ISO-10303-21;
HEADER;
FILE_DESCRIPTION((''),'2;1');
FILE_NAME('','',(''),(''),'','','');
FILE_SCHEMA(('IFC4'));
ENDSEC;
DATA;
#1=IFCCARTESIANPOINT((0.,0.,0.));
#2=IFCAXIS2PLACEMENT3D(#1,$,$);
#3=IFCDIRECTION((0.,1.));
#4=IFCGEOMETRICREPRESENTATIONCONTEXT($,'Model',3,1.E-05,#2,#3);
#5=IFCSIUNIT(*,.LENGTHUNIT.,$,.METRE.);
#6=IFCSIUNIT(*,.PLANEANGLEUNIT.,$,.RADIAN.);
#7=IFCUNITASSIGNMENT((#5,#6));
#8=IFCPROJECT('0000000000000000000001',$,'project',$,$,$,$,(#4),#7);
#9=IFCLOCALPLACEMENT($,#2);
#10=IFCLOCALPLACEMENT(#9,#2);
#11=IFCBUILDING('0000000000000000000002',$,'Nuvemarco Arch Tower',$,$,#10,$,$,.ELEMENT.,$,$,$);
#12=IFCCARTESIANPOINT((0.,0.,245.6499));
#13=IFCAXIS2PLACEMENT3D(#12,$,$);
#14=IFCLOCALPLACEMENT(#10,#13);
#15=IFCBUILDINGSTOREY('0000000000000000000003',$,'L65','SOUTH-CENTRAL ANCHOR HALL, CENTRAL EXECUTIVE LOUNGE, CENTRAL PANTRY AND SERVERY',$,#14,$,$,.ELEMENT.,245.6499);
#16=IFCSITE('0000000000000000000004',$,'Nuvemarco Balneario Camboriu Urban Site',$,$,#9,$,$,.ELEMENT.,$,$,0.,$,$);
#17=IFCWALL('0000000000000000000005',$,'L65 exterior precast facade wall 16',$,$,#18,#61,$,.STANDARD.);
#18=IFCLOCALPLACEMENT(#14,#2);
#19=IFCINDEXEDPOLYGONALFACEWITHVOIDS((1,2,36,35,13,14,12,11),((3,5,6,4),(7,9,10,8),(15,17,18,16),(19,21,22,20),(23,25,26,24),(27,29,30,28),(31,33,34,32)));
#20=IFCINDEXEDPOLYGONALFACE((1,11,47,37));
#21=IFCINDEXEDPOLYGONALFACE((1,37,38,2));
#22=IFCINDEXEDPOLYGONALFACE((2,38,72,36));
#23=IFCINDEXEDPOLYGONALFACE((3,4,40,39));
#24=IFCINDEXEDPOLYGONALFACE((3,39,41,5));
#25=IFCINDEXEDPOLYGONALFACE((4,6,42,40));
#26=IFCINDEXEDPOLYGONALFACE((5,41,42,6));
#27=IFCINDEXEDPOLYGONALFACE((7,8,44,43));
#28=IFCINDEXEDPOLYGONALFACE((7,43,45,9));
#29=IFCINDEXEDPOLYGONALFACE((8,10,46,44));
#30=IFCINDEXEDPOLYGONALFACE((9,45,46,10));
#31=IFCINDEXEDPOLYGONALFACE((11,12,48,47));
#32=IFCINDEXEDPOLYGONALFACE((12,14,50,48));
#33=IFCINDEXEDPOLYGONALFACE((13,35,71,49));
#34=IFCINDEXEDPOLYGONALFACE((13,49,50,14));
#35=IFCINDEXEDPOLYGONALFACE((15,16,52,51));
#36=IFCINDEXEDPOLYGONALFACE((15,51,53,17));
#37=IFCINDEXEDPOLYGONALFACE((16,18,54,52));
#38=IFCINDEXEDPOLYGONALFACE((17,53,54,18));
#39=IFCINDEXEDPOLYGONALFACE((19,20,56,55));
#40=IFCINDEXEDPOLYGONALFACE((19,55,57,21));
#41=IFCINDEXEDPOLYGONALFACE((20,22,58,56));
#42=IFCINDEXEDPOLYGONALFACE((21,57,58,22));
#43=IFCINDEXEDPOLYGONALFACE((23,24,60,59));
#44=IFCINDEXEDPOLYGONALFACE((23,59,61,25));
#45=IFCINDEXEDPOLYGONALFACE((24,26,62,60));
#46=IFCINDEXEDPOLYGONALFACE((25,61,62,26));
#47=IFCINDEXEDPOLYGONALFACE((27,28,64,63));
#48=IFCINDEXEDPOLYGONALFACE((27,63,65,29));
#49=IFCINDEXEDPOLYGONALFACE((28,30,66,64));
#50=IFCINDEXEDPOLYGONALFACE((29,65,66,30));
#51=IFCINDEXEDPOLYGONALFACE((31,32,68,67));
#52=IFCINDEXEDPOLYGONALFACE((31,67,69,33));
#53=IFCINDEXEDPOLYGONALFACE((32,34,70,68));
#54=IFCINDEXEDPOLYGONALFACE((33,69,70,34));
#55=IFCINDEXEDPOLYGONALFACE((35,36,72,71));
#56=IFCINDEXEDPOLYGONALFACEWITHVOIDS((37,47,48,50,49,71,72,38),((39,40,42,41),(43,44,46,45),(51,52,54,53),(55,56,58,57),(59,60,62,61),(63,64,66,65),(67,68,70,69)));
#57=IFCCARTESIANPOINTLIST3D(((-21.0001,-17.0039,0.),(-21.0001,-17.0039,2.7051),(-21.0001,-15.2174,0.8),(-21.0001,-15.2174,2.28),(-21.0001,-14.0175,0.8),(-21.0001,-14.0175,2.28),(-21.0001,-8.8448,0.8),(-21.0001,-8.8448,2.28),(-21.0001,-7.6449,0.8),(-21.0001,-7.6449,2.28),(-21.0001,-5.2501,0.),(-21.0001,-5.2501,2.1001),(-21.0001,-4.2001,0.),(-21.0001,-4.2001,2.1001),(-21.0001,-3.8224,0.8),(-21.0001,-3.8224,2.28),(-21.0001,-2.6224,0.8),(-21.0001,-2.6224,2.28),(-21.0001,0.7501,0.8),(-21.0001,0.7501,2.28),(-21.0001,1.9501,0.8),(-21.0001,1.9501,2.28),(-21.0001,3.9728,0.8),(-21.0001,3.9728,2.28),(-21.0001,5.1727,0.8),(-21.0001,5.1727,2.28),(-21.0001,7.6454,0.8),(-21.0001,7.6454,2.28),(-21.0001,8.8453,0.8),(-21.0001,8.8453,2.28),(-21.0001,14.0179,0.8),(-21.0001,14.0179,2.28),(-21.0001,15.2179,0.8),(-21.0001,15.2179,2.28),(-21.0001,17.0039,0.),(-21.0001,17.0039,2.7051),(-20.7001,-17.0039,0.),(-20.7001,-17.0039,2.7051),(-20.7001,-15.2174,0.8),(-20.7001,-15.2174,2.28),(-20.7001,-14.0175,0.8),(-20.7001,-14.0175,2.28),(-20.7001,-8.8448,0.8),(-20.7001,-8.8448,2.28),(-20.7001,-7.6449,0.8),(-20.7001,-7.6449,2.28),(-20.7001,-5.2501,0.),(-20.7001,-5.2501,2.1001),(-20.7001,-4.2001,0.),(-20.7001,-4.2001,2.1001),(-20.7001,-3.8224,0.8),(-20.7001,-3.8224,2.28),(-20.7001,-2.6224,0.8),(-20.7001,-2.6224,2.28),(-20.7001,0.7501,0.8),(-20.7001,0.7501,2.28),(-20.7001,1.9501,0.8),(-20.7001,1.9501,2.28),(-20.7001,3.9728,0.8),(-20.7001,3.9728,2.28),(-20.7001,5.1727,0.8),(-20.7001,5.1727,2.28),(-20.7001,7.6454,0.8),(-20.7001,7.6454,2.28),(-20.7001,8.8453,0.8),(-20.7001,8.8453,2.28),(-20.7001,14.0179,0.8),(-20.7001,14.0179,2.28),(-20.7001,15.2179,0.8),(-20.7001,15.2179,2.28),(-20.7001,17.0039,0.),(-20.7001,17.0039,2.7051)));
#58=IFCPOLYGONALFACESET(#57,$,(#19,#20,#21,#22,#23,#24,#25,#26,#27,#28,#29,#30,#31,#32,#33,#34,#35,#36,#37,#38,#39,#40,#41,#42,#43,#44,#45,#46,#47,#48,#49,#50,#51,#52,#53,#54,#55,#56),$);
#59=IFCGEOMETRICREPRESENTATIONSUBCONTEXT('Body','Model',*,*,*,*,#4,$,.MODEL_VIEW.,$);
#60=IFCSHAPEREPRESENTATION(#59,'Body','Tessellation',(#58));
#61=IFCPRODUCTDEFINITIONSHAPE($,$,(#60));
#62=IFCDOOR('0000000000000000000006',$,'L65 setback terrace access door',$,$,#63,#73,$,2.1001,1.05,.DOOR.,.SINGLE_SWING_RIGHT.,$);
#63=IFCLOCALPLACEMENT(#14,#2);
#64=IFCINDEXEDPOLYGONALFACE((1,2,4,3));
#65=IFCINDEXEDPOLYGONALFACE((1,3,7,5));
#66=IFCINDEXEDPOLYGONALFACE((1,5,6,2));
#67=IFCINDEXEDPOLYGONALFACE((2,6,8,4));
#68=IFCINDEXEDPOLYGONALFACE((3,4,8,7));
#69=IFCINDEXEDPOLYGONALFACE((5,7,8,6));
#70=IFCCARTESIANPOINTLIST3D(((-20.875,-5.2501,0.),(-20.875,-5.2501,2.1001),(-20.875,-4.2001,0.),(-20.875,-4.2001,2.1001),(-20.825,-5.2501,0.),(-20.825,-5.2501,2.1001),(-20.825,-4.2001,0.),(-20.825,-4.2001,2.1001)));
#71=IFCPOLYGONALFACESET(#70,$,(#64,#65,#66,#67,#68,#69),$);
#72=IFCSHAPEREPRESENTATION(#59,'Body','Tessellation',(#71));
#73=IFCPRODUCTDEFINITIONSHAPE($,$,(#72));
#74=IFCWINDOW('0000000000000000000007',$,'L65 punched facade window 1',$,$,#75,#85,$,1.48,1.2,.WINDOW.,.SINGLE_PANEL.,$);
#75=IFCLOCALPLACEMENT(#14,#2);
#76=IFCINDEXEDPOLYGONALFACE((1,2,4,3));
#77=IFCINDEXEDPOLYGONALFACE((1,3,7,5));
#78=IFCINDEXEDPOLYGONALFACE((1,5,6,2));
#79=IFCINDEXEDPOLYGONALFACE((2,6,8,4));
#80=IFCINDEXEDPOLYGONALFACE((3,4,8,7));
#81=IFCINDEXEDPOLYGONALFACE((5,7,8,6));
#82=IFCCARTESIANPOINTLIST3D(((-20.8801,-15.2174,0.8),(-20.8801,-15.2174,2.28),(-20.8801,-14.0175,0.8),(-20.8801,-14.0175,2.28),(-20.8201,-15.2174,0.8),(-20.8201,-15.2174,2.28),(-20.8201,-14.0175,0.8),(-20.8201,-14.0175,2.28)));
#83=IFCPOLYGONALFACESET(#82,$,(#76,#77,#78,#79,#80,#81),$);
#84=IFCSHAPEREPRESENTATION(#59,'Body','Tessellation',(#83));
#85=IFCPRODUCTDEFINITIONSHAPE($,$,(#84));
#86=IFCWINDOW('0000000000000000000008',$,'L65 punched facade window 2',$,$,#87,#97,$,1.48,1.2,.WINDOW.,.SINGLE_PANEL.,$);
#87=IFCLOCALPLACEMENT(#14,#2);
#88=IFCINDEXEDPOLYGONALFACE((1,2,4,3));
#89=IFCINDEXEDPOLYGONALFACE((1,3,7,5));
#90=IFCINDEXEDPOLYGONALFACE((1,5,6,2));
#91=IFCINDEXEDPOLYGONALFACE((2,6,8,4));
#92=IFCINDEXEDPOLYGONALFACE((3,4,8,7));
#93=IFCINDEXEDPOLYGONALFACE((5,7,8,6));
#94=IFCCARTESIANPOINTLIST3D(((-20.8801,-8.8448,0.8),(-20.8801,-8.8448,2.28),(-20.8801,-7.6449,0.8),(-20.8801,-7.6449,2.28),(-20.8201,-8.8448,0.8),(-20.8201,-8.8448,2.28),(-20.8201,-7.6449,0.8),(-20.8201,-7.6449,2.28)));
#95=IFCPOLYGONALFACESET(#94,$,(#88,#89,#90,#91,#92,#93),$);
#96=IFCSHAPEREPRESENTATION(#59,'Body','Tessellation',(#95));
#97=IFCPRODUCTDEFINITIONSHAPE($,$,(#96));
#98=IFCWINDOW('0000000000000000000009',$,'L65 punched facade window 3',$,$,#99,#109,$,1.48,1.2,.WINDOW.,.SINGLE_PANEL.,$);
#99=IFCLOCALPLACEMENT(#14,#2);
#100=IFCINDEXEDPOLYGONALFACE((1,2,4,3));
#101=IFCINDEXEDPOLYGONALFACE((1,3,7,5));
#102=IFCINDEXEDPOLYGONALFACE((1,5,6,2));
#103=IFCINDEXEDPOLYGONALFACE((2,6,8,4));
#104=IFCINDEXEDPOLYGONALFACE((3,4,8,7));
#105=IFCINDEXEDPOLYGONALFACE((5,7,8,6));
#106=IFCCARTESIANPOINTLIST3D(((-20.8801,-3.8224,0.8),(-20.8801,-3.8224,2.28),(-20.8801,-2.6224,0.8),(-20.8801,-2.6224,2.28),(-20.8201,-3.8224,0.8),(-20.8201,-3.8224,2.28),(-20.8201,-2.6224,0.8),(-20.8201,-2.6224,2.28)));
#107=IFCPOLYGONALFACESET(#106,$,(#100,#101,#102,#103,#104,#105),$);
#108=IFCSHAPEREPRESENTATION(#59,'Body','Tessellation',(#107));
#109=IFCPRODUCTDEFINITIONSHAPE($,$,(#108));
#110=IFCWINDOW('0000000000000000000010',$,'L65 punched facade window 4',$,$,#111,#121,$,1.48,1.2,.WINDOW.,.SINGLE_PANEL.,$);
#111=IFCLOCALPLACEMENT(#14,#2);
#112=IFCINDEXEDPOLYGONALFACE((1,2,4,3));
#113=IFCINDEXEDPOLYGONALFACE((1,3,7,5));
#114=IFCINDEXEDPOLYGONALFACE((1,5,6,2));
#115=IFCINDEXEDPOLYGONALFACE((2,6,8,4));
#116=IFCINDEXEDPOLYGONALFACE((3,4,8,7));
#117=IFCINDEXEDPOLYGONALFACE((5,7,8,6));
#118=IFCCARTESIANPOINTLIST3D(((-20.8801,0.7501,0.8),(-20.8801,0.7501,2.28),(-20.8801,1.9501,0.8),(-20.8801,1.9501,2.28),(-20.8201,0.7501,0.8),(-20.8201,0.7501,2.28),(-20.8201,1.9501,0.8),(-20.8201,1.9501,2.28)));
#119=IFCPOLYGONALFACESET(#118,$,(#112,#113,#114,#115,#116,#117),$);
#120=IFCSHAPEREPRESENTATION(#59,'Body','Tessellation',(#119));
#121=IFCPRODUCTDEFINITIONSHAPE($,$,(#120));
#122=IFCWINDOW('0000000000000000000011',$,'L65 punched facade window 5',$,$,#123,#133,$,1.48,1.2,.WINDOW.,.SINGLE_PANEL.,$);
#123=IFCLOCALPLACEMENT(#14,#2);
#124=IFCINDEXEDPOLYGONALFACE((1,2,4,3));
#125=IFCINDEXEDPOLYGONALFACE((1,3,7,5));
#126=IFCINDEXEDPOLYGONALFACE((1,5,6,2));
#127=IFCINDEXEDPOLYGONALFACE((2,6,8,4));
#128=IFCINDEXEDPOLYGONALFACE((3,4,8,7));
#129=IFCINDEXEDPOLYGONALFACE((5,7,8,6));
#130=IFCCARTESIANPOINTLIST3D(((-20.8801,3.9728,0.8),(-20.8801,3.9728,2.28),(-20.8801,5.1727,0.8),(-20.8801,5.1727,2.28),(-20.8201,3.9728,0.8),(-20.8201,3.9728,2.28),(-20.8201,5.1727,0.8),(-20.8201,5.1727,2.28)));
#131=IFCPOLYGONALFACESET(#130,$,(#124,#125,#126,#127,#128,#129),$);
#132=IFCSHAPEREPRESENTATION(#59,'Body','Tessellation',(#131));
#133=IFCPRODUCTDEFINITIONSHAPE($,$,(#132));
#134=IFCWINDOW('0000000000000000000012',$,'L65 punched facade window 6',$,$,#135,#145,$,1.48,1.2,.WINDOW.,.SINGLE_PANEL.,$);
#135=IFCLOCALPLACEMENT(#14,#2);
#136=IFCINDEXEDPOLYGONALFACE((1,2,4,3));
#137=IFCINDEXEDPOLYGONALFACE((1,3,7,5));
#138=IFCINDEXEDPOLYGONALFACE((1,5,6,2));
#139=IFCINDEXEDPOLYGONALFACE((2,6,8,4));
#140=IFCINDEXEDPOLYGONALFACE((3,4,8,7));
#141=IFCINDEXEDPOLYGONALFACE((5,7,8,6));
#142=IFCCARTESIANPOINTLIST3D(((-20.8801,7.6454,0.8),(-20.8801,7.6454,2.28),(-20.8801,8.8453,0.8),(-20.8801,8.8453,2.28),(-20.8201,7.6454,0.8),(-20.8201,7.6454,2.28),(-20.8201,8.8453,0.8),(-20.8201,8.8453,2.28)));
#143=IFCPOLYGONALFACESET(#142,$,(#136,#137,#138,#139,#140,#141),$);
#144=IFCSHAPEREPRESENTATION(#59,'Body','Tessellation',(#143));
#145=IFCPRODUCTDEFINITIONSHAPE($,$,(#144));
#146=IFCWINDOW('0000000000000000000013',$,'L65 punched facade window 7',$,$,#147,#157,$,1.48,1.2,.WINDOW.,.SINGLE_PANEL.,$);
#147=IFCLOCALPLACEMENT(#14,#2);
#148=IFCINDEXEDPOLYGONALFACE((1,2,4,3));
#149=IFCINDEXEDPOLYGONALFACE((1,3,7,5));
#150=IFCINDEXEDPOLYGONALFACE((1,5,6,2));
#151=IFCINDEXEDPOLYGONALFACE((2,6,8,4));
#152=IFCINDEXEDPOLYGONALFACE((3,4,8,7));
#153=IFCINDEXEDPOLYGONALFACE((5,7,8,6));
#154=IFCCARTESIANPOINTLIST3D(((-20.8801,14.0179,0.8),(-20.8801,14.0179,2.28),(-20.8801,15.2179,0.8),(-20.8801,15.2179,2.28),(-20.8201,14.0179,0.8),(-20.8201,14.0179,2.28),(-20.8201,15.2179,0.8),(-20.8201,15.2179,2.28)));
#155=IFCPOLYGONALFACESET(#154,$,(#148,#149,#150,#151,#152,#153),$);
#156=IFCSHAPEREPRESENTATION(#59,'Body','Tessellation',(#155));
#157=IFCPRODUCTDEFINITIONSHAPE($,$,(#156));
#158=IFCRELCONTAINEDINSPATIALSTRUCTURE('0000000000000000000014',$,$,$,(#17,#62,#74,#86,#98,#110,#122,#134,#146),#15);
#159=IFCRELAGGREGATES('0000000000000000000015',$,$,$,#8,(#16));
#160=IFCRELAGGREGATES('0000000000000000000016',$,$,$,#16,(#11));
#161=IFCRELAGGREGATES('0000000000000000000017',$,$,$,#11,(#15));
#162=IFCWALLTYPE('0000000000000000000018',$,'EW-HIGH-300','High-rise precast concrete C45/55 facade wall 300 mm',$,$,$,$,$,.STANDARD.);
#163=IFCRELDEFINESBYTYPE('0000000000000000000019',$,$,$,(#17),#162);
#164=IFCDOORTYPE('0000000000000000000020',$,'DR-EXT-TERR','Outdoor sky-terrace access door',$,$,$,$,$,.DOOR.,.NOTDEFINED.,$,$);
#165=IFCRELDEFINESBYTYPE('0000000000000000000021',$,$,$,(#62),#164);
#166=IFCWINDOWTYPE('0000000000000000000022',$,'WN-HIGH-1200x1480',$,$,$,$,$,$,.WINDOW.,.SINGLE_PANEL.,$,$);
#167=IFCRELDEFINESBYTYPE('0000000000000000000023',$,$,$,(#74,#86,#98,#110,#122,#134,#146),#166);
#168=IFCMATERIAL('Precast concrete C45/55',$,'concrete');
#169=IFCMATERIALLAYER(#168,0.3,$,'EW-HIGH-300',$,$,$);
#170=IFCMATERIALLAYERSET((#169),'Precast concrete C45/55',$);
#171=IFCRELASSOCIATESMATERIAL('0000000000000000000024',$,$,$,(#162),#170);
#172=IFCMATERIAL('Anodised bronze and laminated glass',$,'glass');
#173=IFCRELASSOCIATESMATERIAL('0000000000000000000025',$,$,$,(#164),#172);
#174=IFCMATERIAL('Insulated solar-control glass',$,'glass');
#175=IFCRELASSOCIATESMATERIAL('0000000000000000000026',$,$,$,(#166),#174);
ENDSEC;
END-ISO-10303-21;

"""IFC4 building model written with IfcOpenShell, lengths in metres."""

from ifc_helpers import new_model, si_unit, direction, frame, frame_2d, origin, place, context, subcontext, project, spatial, rectangle, extrude, source, transform, mapped, material, layer, layer_set, type_object, type_shapes, element, fill, save


model = new_model("IFC4")

# Units and contexts
model_context = context("Model", 3, precision=1e-05, world=origin(), true_north=direction((0.0, 1.0)))
body_context = subcontext(model_context, "Body", "Model", "MODEL_VIEW")
ifc_project = project(units=[si_unit("LENGTHUNIT", "METRE"), si_unit("PLANEANGLEUNIT", "RADIAN")], contexts=[model_context])

# Site, building, storey
site_placement = place(None, origin())
site = spatial("IfcSite", under=ifc_project, at=site_placement, Name="Nuvemarco Balneario Camboriu Urban Site", CompositionType="ELEMENT", RefElevation=0.0)
building_placement = place(site_placement, origin())
building = spatial("IfcBuilding", under=site, at=building_placement, Name="Nuvemarco Arch Tower", CompositionType="ELEMENT")
storey_placement = place(building_placement, frame((0.0, 0.0, 245.6499)))
storey = spatial("IfcBuildingStorey", under=building, at=storey_placement, Name="L65", Description="SOUTH-CENTRAL ANCHOR HALL, CENTRAL EXECUTIVE LOUNGE, CENTRAL PANTRY AND SERVERY", CompositionType="ELEMENT", Elevation=245.6499)

# Shared definitions
ifc_material_1 = material(Name="Precast concrete C45/55", Category="concrete")

# Wall, openings, door, windows
ifc_layer_1 = layer(ifc_material_1, 0.3, Name="EW-HIGH-300")
ifc_layer_set_1 = layer_set([ifc_layer_1], Name="Precast concrete C45/55")
wall_type_1 = type_object("IfcWallType", Name="EW-HIGH-300", Description="High-rise precast concrete C45/55 facade wall 300 mm", PredefinedType="STANDARD", material=ifc_layer_set_1)
wall_1_placement = place(storey_placement, frame((-20.8501, -17.0039, 0.0), z_axis=(0.0, 0.0, 1.0), x_axis=(0.0, 1.0, 0.0)))
wall_1 = element("IfcWall", 1, at=wall_1_placement, inside=storey, type_object=wall_type_1, Name="L65 exterior precast facade wall 16", PredefinedType="STANDARD", context=body_context, shape_type="SweptSolid", body=[
    extrude(rectangle(XDim=34.0078, YDim=0.3, at=frame_2d((17.0039, 0.0))), origin(), (0.0, 0.0, 1.0), 2.7051),
])
opening_1_placement = place(wall_1_placement, frame((11.7539, 0.0, 0.0)))
opening_1 = element("IfcOpeningElement", 2, at=opening_1_placement, cuts=wall_1, PredefinedType="OPENING", context=body_context, shape_type="SweptSolid", body=[
    extrude(rectangle(XDim=1.05, YDim=2.1001, at=frame_2d((0.5249, 1.05))), frame((0.0, 0.1599, 0.0), z_axis=(0.0, -1.0, 0.0), x_axis=(1.0, 0.0, 0.0)), (0.0, 0.0, 1.0), 0.3201),
])
opening_2_placement = place(wall_1_placement, frame((1.7864, 0.0, 0.8)))
opening_2 = element("IfcOpeningElement", 3, at=opening_2_placement, cuts=wall_1, PredefinedType="OPENING", context=body_context, shape_type="SweptSolid", body=[
    extrude(rectangle(XDim=1.2, YDim=1.48, at=frame_2d((0.6001, 0.74))), frame((0.0, 0.1599, 0.0), z_axis=(0.0, -1.0, 0.0), x_axis=(1.0, 0.0, 0.0)), (0.0, 0.0, 1.0), 0.3201),
])
opening_3_placement = place(wall_1_placement, frame((8.1589, 0.0, 0.8)))
opening_3 = element("IfcOpeningElement", 4, at=opening_3_placement, cuts=wall_1, PredefinedType="OPENING", context=body_context, shape_type="SweptSolid", body=[
    extrude(rectangle(XDim=1.2, YDim=1.48, at=frame_2d((0.6001, 0.74))), frame((0.0, 0.1599, 0.0), z_axis=(0.0, -1.0, 0.0), x_axis=(1.0, 0.0, 0.0)), (0.0, 0.0, 1.0), 0.3201),
])
opening_4_placement = place(wall_1_placement, frame((13.1814, 0.0, 0.8)))
opening_4 = element("IfcOpeningElement", 5, at=opening_4_placement, cuts=wall_1, PredefinedType="OPENING", context=body_context, shape_type="SweptSolid", body=[
    extrude(rectangle(XDim=1.2, YDim=1.48, at=frame_2d((0.6001, 0.74))), frame((0.0, 0.1599, 0.0), z_axis=(0.0, -1.0, 0.0), x_axis=(1.0, 0.0, 0.0)), (0.0, 0.0, 1.0), 0.3201),
])
opening_5_placement = place(wall_1_placement, frame((17.7539, 0.0, 0.8)))
opening_5 = element("IfcOpeningElement", 6, at=opening_5_placement, cuts=wall_1, PredefinedType="OPENING", context=body_context, shape_type="SweptSolid", body=[
    extrude(rectangle(XDim=1.2, YDim=1.48, at=frame_2d((0.6001, 0.74))), frame((0.0, 0.1599, 0.0), z_axis=(0.0, -1.0, 0.0), x_axis=(1.0, 0.0, 0.0)), (0.0, 0.0, 1.0), 0.3201),
])
opening_6_placement = place(wall_1_placement, frame((20.9766, 0.0, 0.8)))
opening_6 = element("IfcOpeningElement", 7, at=opening_6_placement, cuts=wall_1, PredefinedType="OPENING", context=body_context, shape_type="SweptSolid", body=[
    extrude(rectangle(XDim=1.2, YDim=1.48, at=frame_2d((0.6001, 0.74))), frame((0.0, 0.1599, 0.0), z_axis=(0.0, -1.0, 0.0), x_axis=(1.0, 0.0, 0.0)), (0.0, 0.0, 1.0), 0.3201),
])
opening_7_placement = place(wall_1_placement, frame((24.6492, 0.0, 0.8)))
opening_7 = element("IfcOpeningElement", 8, at=opening_7_placement, cuts=wall_1, PredefinedType="OPENING", context=body_context, shape_type="SweptSolid", body=[
    extrude(rectangle(XDim=1.2, YDim=1.48, at=frame_2d((0.6001, 0.74))), frame((0.0, 0.1599, 0.0), z_axis=(0.0, -1.0, 0.0), x_axis=(1.0, 0.0, 0.0)), (0.0, 0.0, 1.0), 0.3201),
])
opening_8_placement = place(wall_1_placement, frame((31.0217, 0.0, 0.8)))
opening_8 = element("IfcOpeningElement", 9, at=opening_8_placement, cuts=wall_1, PredefinedType="OPENING", context=body_context, shape_type="SweptSolid", body=[
    extrude(rectangle(XDim=1.2, YDim=1.48, at=frame_2d((0.6001, 0.74))), frame((0.0, 0.1599, 0.0), z_axis=(0.0, -1.0, 0.0), x_axis=(1.0, 0.0, 0.0)), (0.0, 0.0, 1.0), 0.3201),
])
ifc_material_2 = material(Name="Anodised bronze and laminated glass", Category="glass")
door_type = type_object("IfcDoorType", Name="DR-EXT-TERR", Description="Outdoor sky-terrace access door", OperationType="NOTDEFINED", PredefinedType="DOOR", material=ifc_material_2)
shared_shape_1 = source(origin(), body_context, "Body", "SweptSolid", [
    extrude(rectangle(XDim=1.05, YDim=2.1001, at=frame_2d((0.5249, 1.05))), frame((0.0, 0.0249, 0.0), z_axis=(0.0, -1.0, 0.0), x_axis=(1.0, 0.0, 0.0)), (0.0, 0.0, 1.0), 0.05),
])
type_shapes(door_type, [shared_shape_1])
door_placement = place(opening_1_placement, origin())
door = element("IfcDoor", 10, at=door_placement, inside=storey, type_object=door_type, Name="L65 setback terrace access door", OperationType="SINGLE_SWING_RIGHT", OverallHeight=2.1001, OverallWidth=1.05, PredefinedType="DOOR", context=body_context, shape_type="MappedRepresentation", body=[
    mapped(shared_shape_1, transform((0.0, 0.0, 0.0), scale=1.0)),
])
fill(opening_1, door)
ifc_material_3 = material(Name="Insulated solar-control glass", Category="glass")
window_type = type_object("IfcWindowType", Name="WN-HIGH-1200x1480", PartitioningType="SINGLE_PANEL", PredefinedType="WINDOW", material=ifc_material_3)
shared_shape_2 = source(origin(), body_context, "Body", "SweptSolid", [
    extrude(rectangle(XDim=1.2, YDim=1.48, at=frame_2d((0.6001, 0.74))), frame((0.0, 0.03, 0.0), z_axis=(0.0, -1.0, 0.0), x_axis=(1.0, 0.0, 0.0)), (0.0, 0.0, 1.0), 0.0601),
])
type_shapes(window_type, [shared_shape_2])
window_1_placement = place(opening_2_placement, origin())
window_1 = element("IfcWindow", 11, at=window_1_placement, inside=storey, type_object=window_type, Name="L65 punched facade window 1", OverallHeight=1.48, OverallWidth=1.2, PartitioningType="SINGLE_PANEL", PredefinedType="WINDOW", context=body_context, shape_type="MappedRepresentation", body=[
    mapped(shared_shape_2, transform((0.0, 0.0, 0.0), scale=1.0)),
])
fill(opening_2, window_1)
window_2_placement = place(opening_3_placement, origin())
window_2 = element("IfcWindow", 12, at=window_2_placement, inside=storey, type_object=window_type, Name="L65 punched facade window 2", OverallHeight=1.48, OverallWidth=1.2, PartitioningType="SINGLE_PANEL", PredefinedType="WINDOW", context=body_context, shape_type="MappedRepresentation", body=[
    mapped(shared_shape_2, transform((0.0, 0.0, 0.0), scale=1.0)),
])
fill(opening_3, window_2)
window_3_placement = place(opening_4_placement, origin())
window_3 = element("IfcWindow", 13, at=window_3_placement, inside=storey, type_object=window_type, Name="L65 punched facade window 3", OverallHeight=1.48, OverallWidth=1.2, PartitioningType="SINGLE_PANEL", PredefinedType="WINDOW", context=body_context, shape_type="MappedRepresentation", body=[
    mapped(shared_shape_2, transform((0.0, 0.0, 0.0), scale=1.0)),
])
fill(opening_4, window_3)
window_4_placement = place(opening_5_placement, origin())
window_4 = element("IfcWindow", 14, at=window_4_placement, inside=storey, type_object=window_type, Name="L65 punched facade window 4", OverallHeight=1.48, OverallWidth=1.2, PartitioningType="SINGLE_PANEL", PredefinedType="WINDOW", context=body_context, shape_type="MappedRepresentation", body=[
    mapped(shared_shape_2, transform((0.0, 0.0, 0.0), scale=1.0)),
])
fill(opening_5, window_4)
window_5_placement = place(opening_6_placement, origin())
window_5 = element("IfcWindow", 15, at=window_5_placement, inside=storey, type_object=window_type, Name="L65 punched facade window 5", OverallHeight=1.48, OverallWidth=1.2, PartitioningType="SINGLE_PANEL", PredefinedType="WINDOW", context=body_context, shape_type="MappedRepresentation", body=[
    mapped(shared_shape_2, transform((0.0, 0.0, 0.0), scale=1.0)),
])
fill(opening_6, window_5)
window_6_placement = place(opening_7_placement, origin())
window_6 = element("IfcWindow", 16, at=window_6_placement, inside=storey, type_object=window_type, Name="L65 punched facade window 6", OverallHeight=1.48, OverallWidth=1.2, PartitioningType="SINGLE_PANEL", PredefinedType="WINDOW", context=body_context, shape_type="MappedRepresentation", body=[
    mapped(shared_shape_2, transform((0.0, 0.0, 0.0), scale=1.0)),
])
fill(opening_7, window_6)
window_7_placement = place(opening_8_placement, origin())
window_7 = element("IfcWindow", 17, at=window_7_placement, inside=storey, type_object=window_type, Name="L65 punched facade window 7", OverallHeight=1.48, OverallWidth=1.2, PartitioningType="SINGLE_PANEL", PredefinedType="WINDOW", context=body_context, shape_type="MappedRepresentation", body=[
    mapped(shared_shape_2, transform((0.0, 0.0, 0.0), scale=1.0)),
])
fill(opening_8, window_7)

save(model, "model.ifc")
